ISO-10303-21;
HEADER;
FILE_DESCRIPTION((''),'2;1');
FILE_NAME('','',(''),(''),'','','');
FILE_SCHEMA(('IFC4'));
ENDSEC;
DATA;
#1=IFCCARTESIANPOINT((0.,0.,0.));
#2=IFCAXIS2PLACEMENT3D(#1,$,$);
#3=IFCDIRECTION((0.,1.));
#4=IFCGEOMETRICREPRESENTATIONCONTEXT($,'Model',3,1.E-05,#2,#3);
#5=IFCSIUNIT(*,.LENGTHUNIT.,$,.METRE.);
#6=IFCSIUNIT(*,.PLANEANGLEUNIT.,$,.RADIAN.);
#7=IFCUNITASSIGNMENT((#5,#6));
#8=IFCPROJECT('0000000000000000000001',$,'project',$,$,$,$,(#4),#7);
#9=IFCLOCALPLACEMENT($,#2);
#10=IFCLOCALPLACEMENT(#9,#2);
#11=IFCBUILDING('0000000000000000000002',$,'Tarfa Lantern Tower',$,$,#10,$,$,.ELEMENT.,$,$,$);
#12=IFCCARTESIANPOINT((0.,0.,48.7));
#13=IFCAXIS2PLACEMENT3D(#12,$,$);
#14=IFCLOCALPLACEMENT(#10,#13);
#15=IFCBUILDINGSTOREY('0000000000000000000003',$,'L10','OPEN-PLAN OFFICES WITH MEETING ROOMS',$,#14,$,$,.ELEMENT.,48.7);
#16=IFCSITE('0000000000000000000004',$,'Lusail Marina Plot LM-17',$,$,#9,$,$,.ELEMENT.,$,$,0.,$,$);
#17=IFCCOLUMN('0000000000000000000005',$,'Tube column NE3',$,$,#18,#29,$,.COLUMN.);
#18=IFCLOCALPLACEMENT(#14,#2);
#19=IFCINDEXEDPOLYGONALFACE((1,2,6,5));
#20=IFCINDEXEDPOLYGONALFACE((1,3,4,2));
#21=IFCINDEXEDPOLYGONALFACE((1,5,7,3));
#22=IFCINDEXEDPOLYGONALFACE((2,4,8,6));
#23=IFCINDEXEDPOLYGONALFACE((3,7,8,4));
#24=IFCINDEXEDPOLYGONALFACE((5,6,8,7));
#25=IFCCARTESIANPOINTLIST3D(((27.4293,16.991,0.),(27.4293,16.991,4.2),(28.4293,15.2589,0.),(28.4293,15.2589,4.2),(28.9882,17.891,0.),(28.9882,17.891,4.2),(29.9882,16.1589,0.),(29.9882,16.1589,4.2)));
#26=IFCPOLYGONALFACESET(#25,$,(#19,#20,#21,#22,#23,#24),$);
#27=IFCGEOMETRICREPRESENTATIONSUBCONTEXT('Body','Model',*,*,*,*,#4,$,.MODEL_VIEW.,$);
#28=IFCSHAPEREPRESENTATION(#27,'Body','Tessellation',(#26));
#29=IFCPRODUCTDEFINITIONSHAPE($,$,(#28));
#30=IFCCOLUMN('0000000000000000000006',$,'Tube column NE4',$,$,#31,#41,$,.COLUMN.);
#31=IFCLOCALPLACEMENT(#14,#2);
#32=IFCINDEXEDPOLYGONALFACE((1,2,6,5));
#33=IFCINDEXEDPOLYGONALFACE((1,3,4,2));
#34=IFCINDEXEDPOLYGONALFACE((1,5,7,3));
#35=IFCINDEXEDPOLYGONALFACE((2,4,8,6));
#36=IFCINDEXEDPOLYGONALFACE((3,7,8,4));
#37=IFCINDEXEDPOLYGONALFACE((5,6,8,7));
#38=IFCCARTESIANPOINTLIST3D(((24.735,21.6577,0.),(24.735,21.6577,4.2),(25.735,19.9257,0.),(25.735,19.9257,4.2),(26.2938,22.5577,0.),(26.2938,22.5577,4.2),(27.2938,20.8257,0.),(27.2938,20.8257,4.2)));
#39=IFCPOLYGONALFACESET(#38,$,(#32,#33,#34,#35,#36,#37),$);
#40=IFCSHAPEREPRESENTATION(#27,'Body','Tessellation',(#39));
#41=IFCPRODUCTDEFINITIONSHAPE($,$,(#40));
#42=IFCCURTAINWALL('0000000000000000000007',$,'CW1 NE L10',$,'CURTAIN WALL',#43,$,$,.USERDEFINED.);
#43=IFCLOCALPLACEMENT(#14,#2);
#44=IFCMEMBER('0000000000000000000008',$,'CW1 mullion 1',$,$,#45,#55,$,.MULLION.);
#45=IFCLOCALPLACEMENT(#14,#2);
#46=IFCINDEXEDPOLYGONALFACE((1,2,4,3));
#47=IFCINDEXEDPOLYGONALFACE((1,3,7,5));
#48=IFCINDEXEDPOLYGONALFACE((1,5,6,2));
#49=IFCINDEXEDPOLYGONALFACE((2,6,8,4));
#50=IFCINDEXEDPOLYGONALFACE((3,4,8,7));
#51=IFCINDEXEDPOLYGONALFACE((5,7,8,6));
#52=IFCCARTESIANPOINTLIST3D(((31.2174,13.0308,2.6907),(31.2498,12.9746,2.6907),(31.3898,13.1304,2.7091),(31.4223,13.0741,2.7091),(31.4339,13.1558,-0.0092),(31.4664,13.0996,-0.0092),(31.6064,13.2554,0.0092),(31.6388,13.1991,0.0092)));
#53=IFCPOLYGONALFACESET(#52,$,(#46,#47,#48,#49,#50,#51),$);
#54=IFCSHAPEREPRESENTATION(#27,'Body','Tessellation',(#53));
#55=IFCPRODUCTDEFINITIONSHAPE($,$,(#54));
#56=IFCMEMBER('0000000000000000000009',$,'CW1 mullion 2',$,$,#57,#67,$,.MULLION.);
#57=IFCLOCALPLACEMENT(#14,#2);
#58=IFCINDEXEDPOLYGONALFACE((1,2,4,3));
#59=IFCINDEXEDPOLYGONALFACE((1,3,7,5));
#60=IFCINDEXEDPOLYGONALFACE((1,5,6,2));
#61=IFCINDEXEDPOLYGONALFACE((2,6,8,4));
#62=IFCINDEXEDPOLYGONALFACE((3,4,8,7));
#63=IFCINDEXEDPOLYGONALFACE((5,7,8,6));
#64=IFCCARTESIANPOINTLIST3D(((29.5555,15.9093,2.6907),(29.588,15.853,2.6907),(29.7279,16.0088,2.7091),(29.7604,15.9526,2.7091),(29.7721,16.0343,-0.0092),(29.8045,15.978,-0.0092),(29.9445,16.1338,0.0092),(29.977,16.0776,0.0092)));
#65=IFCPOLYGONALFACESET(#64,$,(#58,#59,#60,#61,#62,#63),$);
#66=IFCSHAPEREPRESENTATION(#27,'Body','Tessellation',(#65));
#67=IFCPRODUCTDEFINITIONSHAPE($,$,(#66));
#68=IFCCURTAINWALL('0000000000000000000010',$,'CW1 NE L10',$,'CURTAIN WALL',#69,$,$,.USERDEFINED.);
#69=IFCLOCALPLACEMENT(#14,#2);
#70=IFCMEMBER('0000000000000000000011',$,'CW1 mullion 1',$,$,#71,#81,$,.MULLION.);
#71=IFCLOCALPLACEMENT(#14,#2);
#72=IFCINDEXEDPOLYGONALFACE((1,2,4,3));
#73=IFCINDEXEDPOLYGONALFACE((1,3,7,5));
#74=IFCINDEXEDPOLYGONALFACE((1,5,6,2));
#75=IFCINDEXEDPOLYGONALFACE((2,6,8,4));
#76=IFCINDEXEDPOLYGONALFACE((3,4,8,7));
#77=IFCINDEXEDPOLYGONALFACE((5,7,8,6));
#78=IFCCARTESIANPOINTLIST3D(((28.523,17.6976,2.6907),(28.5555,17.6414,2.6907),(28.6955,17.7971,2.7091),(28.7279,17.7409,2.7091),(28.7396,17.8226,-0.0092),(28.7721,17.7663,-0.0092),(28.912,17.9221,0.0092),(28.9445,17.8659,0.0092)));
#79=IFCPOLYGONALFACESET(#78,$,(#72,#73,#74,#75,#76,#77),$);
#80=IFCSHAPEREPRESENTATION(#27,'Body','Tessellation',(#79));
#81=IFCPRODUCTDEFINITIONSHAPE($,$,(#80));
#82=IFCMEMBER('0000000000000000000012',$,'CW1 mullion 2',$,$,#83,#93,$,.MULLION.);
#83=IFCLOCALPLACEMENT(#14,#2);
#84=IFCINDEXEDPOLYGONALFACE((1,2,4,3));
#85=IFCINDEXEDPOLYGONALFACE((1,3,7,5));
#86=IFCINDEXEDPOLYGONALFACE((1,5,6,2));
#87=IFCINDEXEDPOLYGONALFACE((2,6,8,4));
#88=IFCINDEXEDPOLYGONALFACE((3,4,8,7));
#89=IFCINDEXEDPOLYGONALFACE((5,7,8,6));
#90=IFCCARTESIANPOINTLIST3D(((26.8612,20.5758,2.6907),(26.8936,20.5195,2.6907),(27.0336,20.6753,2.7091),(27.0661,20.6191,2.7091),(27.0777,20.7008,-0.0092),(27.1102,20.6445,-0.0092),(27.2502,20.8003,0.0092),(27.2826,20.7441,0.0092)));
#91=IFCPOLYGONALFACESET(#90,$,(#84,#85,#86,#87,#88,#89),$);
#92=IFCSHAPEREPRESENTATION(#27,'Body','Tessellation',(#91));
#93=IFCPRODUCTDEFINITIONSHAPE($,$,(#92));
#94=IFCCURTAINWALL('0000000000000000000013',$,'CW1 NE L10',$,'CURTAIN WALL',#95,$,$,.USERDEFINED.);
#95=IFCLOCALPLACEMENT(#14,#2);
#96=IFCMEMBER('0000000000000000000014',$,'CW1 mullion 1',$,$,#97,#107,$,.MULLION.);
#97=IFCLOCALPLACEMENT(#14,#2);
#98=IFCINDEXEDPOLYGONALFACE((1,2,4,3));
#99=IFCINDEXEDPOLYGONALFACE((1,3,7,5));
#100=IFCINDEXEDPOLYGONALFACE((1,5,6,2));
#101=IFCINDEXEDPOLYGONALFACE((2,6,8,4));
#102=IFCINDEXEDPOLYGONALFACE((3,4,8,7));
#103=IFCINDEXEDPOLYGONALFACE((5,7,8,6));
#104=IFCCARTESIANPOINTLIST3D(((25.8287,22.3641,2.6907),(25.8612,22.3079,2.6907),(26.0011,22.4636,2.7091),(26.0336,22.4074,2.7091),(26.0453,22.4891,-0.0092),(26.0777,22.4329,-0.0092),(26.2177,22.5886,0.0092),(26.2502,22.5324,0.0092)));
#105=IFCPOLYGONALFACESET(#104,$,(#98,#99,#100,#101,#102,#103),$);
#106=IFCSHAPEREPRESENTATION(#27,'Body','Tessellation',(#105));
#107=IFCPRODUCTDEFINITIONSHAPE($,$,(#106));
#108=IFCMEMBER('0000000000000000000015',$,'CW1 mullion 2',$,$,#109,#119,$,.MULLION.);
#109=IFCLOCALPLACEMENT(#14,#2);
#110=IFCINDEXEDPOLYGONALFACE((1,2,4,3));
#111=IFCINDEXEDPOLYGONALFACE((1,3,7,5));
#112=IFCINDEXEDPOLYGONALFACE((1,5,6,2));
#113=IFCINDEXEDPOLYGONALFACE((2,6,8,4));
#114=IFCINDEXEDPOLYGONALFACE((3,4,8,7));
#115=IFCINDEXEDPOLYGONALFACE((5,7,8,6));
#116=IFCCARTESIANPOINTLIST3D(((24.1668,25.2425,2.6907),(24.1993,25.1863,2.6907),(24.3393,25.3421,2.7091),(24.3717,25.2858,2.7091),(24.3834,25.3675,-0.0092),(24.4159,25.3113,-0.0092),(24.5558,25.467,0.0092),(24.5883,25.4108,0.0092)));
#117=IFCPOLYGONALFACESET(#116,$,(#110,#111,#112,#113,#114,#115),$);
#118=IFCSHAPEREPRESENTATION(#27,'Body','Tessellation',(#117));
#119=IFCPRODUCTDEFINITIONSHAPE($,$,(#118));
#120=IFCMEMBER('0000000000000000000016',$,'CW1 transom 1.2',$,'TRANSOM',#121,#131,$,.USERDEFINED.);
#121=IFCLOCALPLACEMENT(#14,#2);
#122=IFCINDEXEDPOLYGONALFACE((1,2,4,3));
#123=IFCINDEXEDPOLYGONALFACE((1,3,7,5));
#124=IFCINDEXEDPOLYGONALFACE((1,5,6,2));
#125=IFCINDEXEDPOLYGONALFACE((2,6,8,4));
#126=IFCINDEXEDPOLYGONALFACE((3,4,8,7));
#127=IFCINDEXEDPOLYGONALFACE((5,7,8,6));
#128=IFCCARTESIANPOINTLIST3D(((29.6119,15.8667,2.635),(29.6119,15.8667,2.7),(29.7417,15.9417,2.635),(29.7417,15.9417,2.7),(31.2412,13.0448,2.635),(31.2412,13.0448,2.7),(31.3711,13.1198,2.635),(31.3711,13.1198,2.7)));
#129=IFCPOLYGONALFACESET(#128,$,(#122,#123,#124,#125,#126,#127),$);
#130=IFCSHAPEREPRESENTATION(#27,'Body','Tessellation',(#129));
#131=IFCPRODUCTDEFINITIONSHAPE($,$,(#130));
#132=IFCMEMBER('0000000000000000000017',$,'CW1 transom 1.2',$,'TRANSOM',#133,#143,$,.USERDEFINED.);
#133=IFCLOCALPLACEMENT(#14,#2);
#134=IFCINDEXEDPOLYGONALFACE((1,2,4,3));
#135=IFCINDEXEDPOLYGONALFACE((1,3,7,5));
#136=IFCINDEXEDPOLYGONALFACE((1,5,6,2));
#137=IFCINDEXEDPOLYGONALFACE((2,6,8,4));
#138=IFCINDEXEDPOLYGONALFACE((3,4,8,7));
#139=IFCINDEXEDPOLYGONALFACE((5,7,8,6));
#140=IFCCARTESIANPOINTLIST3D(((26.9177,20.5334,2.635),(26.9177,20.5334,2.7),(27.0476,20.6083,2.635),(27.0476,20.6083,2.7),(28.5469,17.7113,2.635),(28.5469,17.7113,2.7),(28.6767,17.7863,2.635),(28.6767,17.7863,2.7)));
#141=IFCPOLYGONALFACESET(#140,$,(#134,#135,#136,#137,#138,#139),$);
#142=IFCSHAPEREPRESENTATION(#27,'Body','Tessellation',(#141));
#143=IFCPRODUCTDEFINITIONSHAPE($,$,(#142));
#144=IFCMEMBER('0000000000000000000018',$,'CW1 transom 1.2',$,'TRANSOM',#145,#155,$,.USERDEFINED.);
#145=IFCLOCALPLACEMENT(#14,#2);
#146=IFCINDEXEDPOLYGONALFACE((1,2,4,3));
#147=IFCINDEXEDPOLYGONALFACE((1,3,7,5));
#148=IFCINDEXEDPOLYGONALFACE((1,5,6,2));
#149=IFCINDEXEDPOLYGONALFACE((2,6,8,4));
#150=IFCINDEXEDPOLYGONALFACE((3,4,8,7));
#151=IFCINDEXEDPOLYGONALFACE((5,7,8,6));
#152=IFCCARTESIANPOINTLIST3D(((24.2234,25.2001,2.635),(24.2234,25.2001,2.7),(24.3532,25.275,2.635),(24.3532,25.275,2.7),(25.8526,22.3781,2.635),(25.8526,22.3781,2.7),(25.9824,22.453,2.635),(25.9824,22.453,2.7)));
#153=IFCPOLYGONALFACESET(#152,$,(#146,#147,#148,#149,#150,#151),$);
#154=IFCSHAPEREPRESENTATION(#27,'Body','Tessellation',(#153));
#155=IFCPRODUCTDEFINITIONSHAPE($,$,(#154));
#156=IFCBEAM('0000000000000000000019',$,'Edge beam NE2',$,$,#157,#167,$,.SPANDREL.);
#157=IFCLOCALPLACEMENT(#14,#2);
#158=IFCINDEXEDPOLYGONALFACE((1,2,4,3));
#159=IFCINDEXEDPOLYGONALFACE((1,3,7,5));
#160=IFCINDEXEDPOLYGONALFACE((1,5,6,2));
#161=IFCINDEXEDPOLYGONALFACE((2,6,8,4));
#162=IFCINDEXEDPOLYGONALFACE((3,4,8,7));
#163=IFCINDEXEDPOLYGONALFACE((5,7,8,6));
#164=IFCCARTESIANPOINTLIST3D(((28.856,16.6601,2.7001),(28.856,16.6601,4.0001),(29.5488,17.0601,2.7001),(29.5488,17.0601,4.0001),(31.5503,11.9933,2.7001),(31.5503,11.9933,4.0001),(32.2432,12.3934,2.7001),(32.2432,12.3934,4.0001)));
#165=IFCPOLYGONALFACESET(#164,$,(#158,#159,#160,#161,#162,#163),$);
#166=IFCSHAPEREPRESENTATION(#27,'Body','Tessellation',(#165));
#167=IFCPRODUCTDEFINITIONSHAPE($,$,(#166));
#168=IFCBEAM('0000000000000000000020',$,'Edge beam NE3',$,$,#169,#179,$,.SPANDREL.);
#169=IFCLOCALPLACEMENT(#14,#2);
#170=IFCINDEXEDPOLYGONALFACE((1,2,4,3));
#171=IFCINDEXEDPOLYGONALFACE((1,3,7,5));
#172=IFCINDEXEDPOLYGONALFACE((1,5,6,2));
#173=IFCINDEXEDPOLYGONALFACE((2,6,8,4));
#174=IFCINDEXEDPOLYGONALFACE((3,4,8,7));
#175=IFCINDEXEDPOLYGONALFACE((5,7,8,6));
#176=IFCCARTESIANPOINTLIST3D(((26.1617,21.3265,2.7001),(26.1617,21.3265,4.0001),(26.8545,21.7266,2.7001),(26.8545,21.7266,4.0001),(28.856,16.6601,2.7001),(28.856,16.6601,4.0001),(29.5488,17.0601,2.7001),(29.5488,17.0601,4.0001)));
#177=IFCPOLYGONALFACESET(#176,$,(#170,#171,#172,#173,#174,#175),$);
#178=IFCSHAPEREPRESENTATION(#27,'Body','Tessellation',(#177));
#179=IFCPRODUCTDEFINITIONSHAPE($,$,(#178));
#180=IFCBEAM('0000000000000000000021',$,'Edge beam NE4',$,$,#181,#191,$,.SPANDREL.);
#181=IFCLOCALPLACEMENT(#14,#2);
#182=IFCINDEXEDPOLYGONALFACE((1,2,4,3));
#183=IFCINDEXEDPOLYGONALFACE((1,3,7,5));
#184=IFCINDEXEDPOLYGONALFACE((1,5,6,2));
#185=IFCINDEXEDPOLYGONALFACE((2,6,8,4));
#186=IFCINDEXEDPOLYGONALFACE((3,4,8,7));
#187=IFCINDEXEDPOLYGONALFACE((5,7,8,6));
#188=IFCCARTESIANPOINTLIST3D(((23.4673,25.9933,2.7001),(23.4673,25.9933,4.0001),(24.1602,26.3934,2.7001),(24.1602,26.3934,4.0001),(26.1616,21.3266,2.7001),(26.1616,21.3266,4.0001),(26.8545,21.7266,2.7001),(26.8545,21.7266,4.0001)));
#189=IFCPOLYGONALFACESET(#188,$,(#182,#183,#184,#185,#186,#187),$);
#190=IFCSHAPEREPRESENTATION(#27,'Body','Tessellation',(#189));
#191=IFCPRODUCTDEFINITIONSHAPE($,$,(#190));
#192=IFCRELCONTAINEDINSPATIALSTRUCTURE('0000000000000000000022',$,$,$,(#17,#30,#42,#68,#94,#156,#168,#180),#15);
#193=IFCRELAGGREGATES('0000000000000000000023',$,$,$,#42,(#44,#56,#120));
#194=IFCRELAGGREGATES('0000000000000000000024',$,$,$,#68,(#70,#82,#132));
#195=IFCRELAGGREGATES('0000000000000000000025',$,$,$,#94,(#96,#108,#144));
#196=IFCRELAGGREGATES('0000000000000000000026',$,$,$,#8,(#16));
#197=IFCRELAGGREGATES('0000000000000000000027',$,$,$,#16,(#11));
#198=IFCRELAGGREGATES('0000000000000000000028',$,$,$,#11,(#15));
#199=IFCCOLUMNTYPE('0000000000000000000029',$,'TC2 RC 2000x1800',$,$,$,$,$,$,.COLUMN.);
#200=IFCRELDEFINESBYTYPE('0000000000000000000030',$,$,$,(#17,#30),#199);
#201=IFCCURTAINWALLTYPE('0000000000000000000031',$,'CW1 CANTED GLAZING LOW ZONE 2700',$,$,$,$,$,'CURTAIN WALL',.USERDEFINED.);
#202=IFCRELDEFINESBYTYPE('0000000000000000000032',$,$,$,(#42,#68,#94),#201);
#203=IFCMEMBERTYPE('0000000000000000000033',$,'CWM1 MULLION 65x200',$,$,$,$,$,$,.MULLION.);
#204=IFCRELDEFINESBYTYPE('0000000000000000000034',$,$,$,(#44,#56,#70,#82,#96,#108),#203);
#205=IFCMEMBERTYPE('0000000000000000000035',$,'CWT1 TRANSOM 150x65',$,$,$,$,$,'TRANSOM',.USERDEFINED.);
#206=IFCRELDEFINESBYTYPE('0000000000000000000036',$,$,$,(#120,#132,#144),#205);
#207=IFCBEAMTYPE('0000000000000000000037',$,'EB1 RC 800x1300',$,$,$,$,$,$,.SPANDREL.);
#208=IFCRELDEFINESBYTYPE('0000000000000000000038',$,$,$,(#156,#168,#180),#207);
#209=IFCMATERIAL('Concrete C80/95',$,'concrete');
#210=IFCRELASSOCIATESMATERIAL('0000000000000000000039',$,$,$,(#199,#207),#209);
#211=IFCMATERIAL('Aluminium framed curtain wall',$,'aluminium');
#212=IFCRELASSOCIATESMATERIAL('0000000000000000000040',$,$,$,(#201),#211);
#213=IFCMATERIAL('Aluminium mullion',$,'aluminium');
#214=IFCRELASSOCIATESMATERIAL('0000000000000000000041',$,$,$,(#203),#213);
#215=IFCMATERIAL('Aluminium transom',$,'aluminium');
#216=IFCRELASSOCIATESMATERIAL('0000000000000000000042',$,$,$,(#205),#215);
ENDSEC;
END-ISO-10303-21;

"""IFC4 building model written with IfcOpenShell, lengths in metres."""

from ifc_helpers import new_model, si_unit, direction, frame, origin, origin_2d, place, context, subcontext, project, spatial, rectangle, extrude, material, material_profile, profile_set, type_object, element, aggregate, save


model = new_model("IFC4")

# Units and contexts
model_context = context("Model", 3, precision=1e-05, world=origin(), true_north=direction((0.0, 1.0)))
body_context = subcontext(model_context, "Body", "Model", "MODEL_VIEW")
ifc_project = project(units=[si_unit("LENGTHUNIT", "METRE"), si_unit("PLANEANGLEUNIT", "RADIAN")], contexts=[model_context])

# Site, building, storey
site_placement = place(None, origin())
site = spatial("IfcSite", under=ifc_project, at=site_placement, Name="Lusail Marina Plot LM-17", CompositionType="ELEMENT", RefElevation=0.0)
building_placement = place(site_placement, origin())
building = spatial("IfcBuilding", under=site, at=building_placement, Name="Tarfa Lantern Tower", CompositionType="ELEMENT")
storey_placement = place(building_placement, frame((0.0, 0.0, 48.7)))
storey = spatial("IfcBuildingStorey", under=building, at=storey_placement, Name="L10", Description="OPEN-PLAN OFFICES WITH MEETING ROOMS", CompositionType="ELEMENT", Elevation=48.7)

# Columns
ifc_material_1 = material(Name="Concrete C80/95", Category="concrete")
ifc_material_profile_1 = material_profile(ifc_material_1, rectangle(XDim=2.0, YDim=1.8, at=origin_2d()), Name="RC 2000x1800")
ifc_profile_set_1 = profile_set([ifc_material_profile_1], Name="Concrete C80/95")
column_type = type_object("IfcColumnType", Name="TC2 RC 2000x1800", PredefinedType="COLUMN", material=ifc_profile_set_1)
for number, where, z_axis, x_axis, name in (
    (1, (28.7087, 16.575, 0.0), (0.0, 0.0, 1.0), (-0.5, 0.866025, 0.0), "Tube column NE3"),
    (2, (26.0144, 21.2417, 0.0), (0.0, 0.0, 1.0), (-0.5, 0.866025, 0.0), "Tube column NE4"),
):
    element("IfcColumn", number, at=place(storey_placement, frame(where, z_axis=z_axis, x_axis=x_axis)), inside=storey, type_object=column_type, Name=name, PredefinedType="COLUMN", context=body_context, shape_type="SweptSolid", body=[
        extrude(rectangle(XDim=2.0, YDim=1.8, at=origin_2d()), origin(), (0.0, 0.0, 1.0), 4.2),
    ])

# Curtain walls, members
ifc_material_2 = material(Name="Aluminium framed curtain wall", Category="aluminium")
curtain_wall_type = type_object("IfcCurtainWallType", Name="CW1 CANTED GLAZING LOW ZONE 2700", ElementType="CURTAIN WALL", PredefinedType="USERDEFINED", material=ifc_material_2)
curtain_wall_1_placement = place(storey_placement, origin())
curtain_wall_1 = element("IfcCurtainWall", 3, at=curtain_wall_1_placement, inside=storey, type_object=curtain_wall_type, Name="CW1 NE L10", ObjectType="CURTAIN WALL", PredefinedType="USERDEFINED")
ifc_material_3 = material(Name="Aluminium mullion", Category="aluminium")
ifc_material_profile_2 = material_profile(ifc_material_3, rectangle(XDim=0.0649, YDim=0.2, at=origin_2d()), Name="AL MULLION 65x200")
ifc_profile_set_2 = profile_set([ifc_material_profile_2], Name="Aluminium mullion")
member_type_1 = type_object("IfcMemberType", Name="CWM1 MULLION 65x200", PredefinedType="MULLION", material=ifc_profile_set_2)
member_1_placement = place(storey_placement, frame((31.5364, 13.1775, 0.0), z_axis=(-0.079864, -0.0461, 0.995739), x_axis=(0.49992, -0.866072, 0.0)))
member_1 = element("IfcMember", 4, at=member_1_placement, type_object=member_type_1, Name="CW1 mullion 1", PredefinedType="MULLION", context=body_context, shape_type="SweptSolid", body=[
    extrude(rectangle(XDim=0.0649, YDim=0.2, at=origin_2d()), origin(), (0.0, 0.0, 1.0), 2.7114),
])
member_2_placement = place(storey_placement, frame((29.8745, 16.0559, 0.0), z_axis=(-0.079864, -0.0461, 0.995739), x_axis=(0.49992, -0.866072, 0.0)))
member_2 = element("IfcMember", 5, at=member_2_placement, type_object=member_type_1, Name="CW1 mullion 2", PredefinedType="MULLION", context=body_context, shape_type="SweptSolid", body=[
    extrude(rectangle(XDim=0.0649, YDim=0.2, at=origin_2d()), origin(), (0.0, 0.0, 1.0), 2.7114),
])
curtain_wall_2_placement = place(storey_placement, origin())
curtain_wall_2 = element("IfcCurtainWall", 6, at=curtain_wall_2_placement, inside=storey, type_object=curtain_wall_type, Name="CW1 NE L10", ObjectType="CURTAIN WALL", PredefinedType="USERDEFINED")
member_3_placement = place(storey_placement, frame((28.842, 17.8442, 0.0), z_axis=(-0.079864, -0.0461, 0.995739), x_axis=(0.49992, -0.866072, 0.0)))
member_3 = element("IfcMember", 7, at=member_3_placement, type_object=member_type_1, Name="CW1 mullion 1", PredefinedType="MULLION", context=body_context, shape_type="SweptSolid", body=[
    extrude(rectangle(XDim=0.0649, YDim=0.2, at=origin_2d()), origin(), (0.0, 0.0, 1.0), 2.7114),
])
member_4_placement = place(storey_placement, frame((27.1802, 20.7224, 0.0), z_axis=(-0.079864, -0.0461, 0.995739), x_axis=(0.49992, -0.866072, 0.0)))
member_4 = element("IfcMember", 8, at=member_4_placement, type_object=member_type_1, Name="CW1 mullion 2", PredefinedType="MULLION", context=body_context, shape_type="SweptSolid", body=[
    extrude(rectangle(XDim=0.0649, YDim=0.2, at=origin_2d()), origin(), (0.0, 0.0, 1.0), 2.7114),
])
curtain_wall_3_placement = place(storey_placement, origin())
curtain_wall_3 = element("IfcCurtainWall", 9, at=curtain_wall_3_placement, inside=storey, type_object=curtain_wall_type, Name="CW1 NE L10", ObjectType="CURTAIN WALL", PredefinedType="USERDEFINED")
member_5_placement = place(storey_placement, frame((26.1477, 22.5107, 0.0), z_axis=(-0.079864, -0.0461, 0.995739), x_axis=(0.49992, -0.866072, 0.0)))
member_5 = element("IfcMember", 10, at=member_5_placement, type_object=member_type_1, Name="CW1 mullion 1", PredefinedType="MULLION", context=body_context, shape_type="SweptSolid", body=[
    extrude(rectangle(XDim=0.0649, YDim=0.2, at=origin_2d()), origin(), (0.0, 0.0, 1.0), 2.7114),
])
member_6_placement = place(storey_placement, frame((24.4858, 25.3892, 0.0), z_axis=(-0.079864, -0.0461, 0.995739), x_axis=(0.49992, -0.866072, 0.0)))
member_6 = element("IfcMember", 11, at=member_6_placement, type_object=member_type_1, Name="CW1 mullion 2", PredefinedType="MULLION", context=body_context, shape_type="SweptSolid", body=[
    extrude(rectangle(XDim=0.0649, YDim=0.2, at=origin_2d()), origin(), (0.0, 0.0, 1.0), 2.7114),
])

# Members
ifc_material_4 = material(Name="Aluminium transom", Category="aluminium")
ifc_material_profile_3 = material_profile(ifc_material_4, rectangle(XDim=0.1499, YDim=0.0649, at=origin_2d()), Name="AL TRANSOM 150x65")
ifc_profile_set_3 = profile_set([ifc_material_profile_3], Name="Aluminium transom")
member_type_2 = type_object("IfcMemberType", Name="CWT1 TRANSOM 150x65", ElementType="TRANSOM", PredefinedType="USERDEFINED", material=ifc_profile_set_3)
member_7_placement = place(storey_placement, frame((31.3062, 13.0823, 2.6675), z_axis=(-0.500023, 0.866012, 0.0), x_axis=(-0.866012, -0.500023, 0.0)))
member_7 = element("IfcMember", 12, at=member_7_placement, type_object=member_type_2, Name="CW1 transom 1.2", ObjectType="TRANSOM", PredefinedType="USERDEFINED", context=body_context, shape_type="SweptSolid", body=[
    extrude(rectangle(XDim=0.1499, YDim=0.0649, at=origin_2d()), origin(), (0.0, 0.0, 1.0), 3.2585),
])
member_8_placement = place(storey_placement, frame((28.6118, 17.7488, 2.6675), z_axis=(-0.499967, 0.866045, 0.0), x_axis=(-0.866045, -0.499967, 0.0)))
member_8 = element("IfcMember", 13, at=member_8_placement, type_object=member_type_2, Name="CW1 transom 1.2", ObjectType="TRANSOM", PredefinedType="USERDEFINED", context=body_context, shape_type="SweptSolid", body=[
    extrude(rectangle(XDim=0.1499, YDim=0.0649, at=origin_2d()), origin(), (0.0, 0.0, 1.0), 3.2585),
])
member_9_placement = place(storey_placement, frame((25.9175, 22.4155, 2.6675), z_axis=(-0.499967, 0.866045, 0.0), x_axis=(-0.866045, -0.499967, 0.0)))
member_9 = element("IfcMember", 14, at=member_9_placement, type_object=member_type_2, Name="CW1 transom 1.2", ObjectType="TRANSOM", PredefinedType="USERDEFINED", context=body_context, shape_type="SweptSolid", body=[
    extrude(rectangle(XDim=0.1499, YDim=0.0649, at=origin_2d()), origin(), (0.0, 0.0, 1.0), 3.2585),
])

# Beams
ifc_material_profile_4 = material_profile(ifc_material_1, rectangle(XDim=0.8, YDim=1.3, at=origin_2d()), Name="RC 800x1300")
ifc_profile_set_4 = profile_set([ifc_material_profile_4], Name="Concrete C80/95")
beam_type_1 = type_object("IfcBeamType", Name="EB1 RC 800x1300", PredefinedType="SPANDREL", material=ifc_profile_set_4)
beam_1_placement = place(storey_placement, frame((31.8967, 12.1934, 3.3501), z_axis=(-0.499998, 0.866026, 0.0), x_axis=(-0.866026, -0.499998, 0.0)))
element("IfcBeam", 15, at=beam_1_placement, inside=storey, type_object=beam_type_1, Name="Edge beam NE2", PredefinedType="SPANDREL", context=body_context, shape_type="SweptSolid", body=[
    extrude(rectangle(XDim=0.8, YDim=1.3, at=origin_2d()), origin(), (0.0, 0.0, 1.0), 5.3887),
])
beam_2_placement = place(storey_placement, frame((29.2024, 16.8601, 3.3501), z_axis=(-0.500018, 0.866015, 0.0), x_axis=(-0.866015, -0.500018, 0.0)))
element("IfcBeam", 16, at=beam_2_placement, inside=storey, type_object=beam_type_1, Name="Edge beam NE3", PredefinedType="SPANDREL", context=body_context, shape_type="SweptSolid", body=[
    extrude(rectangle(XDim=0.8, YDim=1.3, at=origin_2d()), origin(), (0.0, 0.0, 1.0), 5.3884),
])
beam_3_placement = place(storey_placement, frame((26.5081, 21.5266, 3.3501), z_axis=(-0.499998, 0.866026, 0.0), x_axis=(-0.866026, -0.499998, 0.0)))
element("IfcBeam", 17, at=beam_3_placement, inside=storey, type_object=beam_type_1, Name="Edge beam NE4", PredefinedType="SPANDREL", context=body_context, shape_type="SweptSolid", body=[
    extrude(rectangle(XDim=0.8, YDim=1.3, at=origin_2d()), origin(), (0.0, 0.0, 1.0), 5.3887),
])

aggregate(curtain_wall_1, [member_1, member_2, member_7])
aggregate(curtain_wall_2, [member_3, member_4, member_8])
aggregate(curtain_wall_3, [member_5, member_6, member_9])

save(model, "model.ifc")
